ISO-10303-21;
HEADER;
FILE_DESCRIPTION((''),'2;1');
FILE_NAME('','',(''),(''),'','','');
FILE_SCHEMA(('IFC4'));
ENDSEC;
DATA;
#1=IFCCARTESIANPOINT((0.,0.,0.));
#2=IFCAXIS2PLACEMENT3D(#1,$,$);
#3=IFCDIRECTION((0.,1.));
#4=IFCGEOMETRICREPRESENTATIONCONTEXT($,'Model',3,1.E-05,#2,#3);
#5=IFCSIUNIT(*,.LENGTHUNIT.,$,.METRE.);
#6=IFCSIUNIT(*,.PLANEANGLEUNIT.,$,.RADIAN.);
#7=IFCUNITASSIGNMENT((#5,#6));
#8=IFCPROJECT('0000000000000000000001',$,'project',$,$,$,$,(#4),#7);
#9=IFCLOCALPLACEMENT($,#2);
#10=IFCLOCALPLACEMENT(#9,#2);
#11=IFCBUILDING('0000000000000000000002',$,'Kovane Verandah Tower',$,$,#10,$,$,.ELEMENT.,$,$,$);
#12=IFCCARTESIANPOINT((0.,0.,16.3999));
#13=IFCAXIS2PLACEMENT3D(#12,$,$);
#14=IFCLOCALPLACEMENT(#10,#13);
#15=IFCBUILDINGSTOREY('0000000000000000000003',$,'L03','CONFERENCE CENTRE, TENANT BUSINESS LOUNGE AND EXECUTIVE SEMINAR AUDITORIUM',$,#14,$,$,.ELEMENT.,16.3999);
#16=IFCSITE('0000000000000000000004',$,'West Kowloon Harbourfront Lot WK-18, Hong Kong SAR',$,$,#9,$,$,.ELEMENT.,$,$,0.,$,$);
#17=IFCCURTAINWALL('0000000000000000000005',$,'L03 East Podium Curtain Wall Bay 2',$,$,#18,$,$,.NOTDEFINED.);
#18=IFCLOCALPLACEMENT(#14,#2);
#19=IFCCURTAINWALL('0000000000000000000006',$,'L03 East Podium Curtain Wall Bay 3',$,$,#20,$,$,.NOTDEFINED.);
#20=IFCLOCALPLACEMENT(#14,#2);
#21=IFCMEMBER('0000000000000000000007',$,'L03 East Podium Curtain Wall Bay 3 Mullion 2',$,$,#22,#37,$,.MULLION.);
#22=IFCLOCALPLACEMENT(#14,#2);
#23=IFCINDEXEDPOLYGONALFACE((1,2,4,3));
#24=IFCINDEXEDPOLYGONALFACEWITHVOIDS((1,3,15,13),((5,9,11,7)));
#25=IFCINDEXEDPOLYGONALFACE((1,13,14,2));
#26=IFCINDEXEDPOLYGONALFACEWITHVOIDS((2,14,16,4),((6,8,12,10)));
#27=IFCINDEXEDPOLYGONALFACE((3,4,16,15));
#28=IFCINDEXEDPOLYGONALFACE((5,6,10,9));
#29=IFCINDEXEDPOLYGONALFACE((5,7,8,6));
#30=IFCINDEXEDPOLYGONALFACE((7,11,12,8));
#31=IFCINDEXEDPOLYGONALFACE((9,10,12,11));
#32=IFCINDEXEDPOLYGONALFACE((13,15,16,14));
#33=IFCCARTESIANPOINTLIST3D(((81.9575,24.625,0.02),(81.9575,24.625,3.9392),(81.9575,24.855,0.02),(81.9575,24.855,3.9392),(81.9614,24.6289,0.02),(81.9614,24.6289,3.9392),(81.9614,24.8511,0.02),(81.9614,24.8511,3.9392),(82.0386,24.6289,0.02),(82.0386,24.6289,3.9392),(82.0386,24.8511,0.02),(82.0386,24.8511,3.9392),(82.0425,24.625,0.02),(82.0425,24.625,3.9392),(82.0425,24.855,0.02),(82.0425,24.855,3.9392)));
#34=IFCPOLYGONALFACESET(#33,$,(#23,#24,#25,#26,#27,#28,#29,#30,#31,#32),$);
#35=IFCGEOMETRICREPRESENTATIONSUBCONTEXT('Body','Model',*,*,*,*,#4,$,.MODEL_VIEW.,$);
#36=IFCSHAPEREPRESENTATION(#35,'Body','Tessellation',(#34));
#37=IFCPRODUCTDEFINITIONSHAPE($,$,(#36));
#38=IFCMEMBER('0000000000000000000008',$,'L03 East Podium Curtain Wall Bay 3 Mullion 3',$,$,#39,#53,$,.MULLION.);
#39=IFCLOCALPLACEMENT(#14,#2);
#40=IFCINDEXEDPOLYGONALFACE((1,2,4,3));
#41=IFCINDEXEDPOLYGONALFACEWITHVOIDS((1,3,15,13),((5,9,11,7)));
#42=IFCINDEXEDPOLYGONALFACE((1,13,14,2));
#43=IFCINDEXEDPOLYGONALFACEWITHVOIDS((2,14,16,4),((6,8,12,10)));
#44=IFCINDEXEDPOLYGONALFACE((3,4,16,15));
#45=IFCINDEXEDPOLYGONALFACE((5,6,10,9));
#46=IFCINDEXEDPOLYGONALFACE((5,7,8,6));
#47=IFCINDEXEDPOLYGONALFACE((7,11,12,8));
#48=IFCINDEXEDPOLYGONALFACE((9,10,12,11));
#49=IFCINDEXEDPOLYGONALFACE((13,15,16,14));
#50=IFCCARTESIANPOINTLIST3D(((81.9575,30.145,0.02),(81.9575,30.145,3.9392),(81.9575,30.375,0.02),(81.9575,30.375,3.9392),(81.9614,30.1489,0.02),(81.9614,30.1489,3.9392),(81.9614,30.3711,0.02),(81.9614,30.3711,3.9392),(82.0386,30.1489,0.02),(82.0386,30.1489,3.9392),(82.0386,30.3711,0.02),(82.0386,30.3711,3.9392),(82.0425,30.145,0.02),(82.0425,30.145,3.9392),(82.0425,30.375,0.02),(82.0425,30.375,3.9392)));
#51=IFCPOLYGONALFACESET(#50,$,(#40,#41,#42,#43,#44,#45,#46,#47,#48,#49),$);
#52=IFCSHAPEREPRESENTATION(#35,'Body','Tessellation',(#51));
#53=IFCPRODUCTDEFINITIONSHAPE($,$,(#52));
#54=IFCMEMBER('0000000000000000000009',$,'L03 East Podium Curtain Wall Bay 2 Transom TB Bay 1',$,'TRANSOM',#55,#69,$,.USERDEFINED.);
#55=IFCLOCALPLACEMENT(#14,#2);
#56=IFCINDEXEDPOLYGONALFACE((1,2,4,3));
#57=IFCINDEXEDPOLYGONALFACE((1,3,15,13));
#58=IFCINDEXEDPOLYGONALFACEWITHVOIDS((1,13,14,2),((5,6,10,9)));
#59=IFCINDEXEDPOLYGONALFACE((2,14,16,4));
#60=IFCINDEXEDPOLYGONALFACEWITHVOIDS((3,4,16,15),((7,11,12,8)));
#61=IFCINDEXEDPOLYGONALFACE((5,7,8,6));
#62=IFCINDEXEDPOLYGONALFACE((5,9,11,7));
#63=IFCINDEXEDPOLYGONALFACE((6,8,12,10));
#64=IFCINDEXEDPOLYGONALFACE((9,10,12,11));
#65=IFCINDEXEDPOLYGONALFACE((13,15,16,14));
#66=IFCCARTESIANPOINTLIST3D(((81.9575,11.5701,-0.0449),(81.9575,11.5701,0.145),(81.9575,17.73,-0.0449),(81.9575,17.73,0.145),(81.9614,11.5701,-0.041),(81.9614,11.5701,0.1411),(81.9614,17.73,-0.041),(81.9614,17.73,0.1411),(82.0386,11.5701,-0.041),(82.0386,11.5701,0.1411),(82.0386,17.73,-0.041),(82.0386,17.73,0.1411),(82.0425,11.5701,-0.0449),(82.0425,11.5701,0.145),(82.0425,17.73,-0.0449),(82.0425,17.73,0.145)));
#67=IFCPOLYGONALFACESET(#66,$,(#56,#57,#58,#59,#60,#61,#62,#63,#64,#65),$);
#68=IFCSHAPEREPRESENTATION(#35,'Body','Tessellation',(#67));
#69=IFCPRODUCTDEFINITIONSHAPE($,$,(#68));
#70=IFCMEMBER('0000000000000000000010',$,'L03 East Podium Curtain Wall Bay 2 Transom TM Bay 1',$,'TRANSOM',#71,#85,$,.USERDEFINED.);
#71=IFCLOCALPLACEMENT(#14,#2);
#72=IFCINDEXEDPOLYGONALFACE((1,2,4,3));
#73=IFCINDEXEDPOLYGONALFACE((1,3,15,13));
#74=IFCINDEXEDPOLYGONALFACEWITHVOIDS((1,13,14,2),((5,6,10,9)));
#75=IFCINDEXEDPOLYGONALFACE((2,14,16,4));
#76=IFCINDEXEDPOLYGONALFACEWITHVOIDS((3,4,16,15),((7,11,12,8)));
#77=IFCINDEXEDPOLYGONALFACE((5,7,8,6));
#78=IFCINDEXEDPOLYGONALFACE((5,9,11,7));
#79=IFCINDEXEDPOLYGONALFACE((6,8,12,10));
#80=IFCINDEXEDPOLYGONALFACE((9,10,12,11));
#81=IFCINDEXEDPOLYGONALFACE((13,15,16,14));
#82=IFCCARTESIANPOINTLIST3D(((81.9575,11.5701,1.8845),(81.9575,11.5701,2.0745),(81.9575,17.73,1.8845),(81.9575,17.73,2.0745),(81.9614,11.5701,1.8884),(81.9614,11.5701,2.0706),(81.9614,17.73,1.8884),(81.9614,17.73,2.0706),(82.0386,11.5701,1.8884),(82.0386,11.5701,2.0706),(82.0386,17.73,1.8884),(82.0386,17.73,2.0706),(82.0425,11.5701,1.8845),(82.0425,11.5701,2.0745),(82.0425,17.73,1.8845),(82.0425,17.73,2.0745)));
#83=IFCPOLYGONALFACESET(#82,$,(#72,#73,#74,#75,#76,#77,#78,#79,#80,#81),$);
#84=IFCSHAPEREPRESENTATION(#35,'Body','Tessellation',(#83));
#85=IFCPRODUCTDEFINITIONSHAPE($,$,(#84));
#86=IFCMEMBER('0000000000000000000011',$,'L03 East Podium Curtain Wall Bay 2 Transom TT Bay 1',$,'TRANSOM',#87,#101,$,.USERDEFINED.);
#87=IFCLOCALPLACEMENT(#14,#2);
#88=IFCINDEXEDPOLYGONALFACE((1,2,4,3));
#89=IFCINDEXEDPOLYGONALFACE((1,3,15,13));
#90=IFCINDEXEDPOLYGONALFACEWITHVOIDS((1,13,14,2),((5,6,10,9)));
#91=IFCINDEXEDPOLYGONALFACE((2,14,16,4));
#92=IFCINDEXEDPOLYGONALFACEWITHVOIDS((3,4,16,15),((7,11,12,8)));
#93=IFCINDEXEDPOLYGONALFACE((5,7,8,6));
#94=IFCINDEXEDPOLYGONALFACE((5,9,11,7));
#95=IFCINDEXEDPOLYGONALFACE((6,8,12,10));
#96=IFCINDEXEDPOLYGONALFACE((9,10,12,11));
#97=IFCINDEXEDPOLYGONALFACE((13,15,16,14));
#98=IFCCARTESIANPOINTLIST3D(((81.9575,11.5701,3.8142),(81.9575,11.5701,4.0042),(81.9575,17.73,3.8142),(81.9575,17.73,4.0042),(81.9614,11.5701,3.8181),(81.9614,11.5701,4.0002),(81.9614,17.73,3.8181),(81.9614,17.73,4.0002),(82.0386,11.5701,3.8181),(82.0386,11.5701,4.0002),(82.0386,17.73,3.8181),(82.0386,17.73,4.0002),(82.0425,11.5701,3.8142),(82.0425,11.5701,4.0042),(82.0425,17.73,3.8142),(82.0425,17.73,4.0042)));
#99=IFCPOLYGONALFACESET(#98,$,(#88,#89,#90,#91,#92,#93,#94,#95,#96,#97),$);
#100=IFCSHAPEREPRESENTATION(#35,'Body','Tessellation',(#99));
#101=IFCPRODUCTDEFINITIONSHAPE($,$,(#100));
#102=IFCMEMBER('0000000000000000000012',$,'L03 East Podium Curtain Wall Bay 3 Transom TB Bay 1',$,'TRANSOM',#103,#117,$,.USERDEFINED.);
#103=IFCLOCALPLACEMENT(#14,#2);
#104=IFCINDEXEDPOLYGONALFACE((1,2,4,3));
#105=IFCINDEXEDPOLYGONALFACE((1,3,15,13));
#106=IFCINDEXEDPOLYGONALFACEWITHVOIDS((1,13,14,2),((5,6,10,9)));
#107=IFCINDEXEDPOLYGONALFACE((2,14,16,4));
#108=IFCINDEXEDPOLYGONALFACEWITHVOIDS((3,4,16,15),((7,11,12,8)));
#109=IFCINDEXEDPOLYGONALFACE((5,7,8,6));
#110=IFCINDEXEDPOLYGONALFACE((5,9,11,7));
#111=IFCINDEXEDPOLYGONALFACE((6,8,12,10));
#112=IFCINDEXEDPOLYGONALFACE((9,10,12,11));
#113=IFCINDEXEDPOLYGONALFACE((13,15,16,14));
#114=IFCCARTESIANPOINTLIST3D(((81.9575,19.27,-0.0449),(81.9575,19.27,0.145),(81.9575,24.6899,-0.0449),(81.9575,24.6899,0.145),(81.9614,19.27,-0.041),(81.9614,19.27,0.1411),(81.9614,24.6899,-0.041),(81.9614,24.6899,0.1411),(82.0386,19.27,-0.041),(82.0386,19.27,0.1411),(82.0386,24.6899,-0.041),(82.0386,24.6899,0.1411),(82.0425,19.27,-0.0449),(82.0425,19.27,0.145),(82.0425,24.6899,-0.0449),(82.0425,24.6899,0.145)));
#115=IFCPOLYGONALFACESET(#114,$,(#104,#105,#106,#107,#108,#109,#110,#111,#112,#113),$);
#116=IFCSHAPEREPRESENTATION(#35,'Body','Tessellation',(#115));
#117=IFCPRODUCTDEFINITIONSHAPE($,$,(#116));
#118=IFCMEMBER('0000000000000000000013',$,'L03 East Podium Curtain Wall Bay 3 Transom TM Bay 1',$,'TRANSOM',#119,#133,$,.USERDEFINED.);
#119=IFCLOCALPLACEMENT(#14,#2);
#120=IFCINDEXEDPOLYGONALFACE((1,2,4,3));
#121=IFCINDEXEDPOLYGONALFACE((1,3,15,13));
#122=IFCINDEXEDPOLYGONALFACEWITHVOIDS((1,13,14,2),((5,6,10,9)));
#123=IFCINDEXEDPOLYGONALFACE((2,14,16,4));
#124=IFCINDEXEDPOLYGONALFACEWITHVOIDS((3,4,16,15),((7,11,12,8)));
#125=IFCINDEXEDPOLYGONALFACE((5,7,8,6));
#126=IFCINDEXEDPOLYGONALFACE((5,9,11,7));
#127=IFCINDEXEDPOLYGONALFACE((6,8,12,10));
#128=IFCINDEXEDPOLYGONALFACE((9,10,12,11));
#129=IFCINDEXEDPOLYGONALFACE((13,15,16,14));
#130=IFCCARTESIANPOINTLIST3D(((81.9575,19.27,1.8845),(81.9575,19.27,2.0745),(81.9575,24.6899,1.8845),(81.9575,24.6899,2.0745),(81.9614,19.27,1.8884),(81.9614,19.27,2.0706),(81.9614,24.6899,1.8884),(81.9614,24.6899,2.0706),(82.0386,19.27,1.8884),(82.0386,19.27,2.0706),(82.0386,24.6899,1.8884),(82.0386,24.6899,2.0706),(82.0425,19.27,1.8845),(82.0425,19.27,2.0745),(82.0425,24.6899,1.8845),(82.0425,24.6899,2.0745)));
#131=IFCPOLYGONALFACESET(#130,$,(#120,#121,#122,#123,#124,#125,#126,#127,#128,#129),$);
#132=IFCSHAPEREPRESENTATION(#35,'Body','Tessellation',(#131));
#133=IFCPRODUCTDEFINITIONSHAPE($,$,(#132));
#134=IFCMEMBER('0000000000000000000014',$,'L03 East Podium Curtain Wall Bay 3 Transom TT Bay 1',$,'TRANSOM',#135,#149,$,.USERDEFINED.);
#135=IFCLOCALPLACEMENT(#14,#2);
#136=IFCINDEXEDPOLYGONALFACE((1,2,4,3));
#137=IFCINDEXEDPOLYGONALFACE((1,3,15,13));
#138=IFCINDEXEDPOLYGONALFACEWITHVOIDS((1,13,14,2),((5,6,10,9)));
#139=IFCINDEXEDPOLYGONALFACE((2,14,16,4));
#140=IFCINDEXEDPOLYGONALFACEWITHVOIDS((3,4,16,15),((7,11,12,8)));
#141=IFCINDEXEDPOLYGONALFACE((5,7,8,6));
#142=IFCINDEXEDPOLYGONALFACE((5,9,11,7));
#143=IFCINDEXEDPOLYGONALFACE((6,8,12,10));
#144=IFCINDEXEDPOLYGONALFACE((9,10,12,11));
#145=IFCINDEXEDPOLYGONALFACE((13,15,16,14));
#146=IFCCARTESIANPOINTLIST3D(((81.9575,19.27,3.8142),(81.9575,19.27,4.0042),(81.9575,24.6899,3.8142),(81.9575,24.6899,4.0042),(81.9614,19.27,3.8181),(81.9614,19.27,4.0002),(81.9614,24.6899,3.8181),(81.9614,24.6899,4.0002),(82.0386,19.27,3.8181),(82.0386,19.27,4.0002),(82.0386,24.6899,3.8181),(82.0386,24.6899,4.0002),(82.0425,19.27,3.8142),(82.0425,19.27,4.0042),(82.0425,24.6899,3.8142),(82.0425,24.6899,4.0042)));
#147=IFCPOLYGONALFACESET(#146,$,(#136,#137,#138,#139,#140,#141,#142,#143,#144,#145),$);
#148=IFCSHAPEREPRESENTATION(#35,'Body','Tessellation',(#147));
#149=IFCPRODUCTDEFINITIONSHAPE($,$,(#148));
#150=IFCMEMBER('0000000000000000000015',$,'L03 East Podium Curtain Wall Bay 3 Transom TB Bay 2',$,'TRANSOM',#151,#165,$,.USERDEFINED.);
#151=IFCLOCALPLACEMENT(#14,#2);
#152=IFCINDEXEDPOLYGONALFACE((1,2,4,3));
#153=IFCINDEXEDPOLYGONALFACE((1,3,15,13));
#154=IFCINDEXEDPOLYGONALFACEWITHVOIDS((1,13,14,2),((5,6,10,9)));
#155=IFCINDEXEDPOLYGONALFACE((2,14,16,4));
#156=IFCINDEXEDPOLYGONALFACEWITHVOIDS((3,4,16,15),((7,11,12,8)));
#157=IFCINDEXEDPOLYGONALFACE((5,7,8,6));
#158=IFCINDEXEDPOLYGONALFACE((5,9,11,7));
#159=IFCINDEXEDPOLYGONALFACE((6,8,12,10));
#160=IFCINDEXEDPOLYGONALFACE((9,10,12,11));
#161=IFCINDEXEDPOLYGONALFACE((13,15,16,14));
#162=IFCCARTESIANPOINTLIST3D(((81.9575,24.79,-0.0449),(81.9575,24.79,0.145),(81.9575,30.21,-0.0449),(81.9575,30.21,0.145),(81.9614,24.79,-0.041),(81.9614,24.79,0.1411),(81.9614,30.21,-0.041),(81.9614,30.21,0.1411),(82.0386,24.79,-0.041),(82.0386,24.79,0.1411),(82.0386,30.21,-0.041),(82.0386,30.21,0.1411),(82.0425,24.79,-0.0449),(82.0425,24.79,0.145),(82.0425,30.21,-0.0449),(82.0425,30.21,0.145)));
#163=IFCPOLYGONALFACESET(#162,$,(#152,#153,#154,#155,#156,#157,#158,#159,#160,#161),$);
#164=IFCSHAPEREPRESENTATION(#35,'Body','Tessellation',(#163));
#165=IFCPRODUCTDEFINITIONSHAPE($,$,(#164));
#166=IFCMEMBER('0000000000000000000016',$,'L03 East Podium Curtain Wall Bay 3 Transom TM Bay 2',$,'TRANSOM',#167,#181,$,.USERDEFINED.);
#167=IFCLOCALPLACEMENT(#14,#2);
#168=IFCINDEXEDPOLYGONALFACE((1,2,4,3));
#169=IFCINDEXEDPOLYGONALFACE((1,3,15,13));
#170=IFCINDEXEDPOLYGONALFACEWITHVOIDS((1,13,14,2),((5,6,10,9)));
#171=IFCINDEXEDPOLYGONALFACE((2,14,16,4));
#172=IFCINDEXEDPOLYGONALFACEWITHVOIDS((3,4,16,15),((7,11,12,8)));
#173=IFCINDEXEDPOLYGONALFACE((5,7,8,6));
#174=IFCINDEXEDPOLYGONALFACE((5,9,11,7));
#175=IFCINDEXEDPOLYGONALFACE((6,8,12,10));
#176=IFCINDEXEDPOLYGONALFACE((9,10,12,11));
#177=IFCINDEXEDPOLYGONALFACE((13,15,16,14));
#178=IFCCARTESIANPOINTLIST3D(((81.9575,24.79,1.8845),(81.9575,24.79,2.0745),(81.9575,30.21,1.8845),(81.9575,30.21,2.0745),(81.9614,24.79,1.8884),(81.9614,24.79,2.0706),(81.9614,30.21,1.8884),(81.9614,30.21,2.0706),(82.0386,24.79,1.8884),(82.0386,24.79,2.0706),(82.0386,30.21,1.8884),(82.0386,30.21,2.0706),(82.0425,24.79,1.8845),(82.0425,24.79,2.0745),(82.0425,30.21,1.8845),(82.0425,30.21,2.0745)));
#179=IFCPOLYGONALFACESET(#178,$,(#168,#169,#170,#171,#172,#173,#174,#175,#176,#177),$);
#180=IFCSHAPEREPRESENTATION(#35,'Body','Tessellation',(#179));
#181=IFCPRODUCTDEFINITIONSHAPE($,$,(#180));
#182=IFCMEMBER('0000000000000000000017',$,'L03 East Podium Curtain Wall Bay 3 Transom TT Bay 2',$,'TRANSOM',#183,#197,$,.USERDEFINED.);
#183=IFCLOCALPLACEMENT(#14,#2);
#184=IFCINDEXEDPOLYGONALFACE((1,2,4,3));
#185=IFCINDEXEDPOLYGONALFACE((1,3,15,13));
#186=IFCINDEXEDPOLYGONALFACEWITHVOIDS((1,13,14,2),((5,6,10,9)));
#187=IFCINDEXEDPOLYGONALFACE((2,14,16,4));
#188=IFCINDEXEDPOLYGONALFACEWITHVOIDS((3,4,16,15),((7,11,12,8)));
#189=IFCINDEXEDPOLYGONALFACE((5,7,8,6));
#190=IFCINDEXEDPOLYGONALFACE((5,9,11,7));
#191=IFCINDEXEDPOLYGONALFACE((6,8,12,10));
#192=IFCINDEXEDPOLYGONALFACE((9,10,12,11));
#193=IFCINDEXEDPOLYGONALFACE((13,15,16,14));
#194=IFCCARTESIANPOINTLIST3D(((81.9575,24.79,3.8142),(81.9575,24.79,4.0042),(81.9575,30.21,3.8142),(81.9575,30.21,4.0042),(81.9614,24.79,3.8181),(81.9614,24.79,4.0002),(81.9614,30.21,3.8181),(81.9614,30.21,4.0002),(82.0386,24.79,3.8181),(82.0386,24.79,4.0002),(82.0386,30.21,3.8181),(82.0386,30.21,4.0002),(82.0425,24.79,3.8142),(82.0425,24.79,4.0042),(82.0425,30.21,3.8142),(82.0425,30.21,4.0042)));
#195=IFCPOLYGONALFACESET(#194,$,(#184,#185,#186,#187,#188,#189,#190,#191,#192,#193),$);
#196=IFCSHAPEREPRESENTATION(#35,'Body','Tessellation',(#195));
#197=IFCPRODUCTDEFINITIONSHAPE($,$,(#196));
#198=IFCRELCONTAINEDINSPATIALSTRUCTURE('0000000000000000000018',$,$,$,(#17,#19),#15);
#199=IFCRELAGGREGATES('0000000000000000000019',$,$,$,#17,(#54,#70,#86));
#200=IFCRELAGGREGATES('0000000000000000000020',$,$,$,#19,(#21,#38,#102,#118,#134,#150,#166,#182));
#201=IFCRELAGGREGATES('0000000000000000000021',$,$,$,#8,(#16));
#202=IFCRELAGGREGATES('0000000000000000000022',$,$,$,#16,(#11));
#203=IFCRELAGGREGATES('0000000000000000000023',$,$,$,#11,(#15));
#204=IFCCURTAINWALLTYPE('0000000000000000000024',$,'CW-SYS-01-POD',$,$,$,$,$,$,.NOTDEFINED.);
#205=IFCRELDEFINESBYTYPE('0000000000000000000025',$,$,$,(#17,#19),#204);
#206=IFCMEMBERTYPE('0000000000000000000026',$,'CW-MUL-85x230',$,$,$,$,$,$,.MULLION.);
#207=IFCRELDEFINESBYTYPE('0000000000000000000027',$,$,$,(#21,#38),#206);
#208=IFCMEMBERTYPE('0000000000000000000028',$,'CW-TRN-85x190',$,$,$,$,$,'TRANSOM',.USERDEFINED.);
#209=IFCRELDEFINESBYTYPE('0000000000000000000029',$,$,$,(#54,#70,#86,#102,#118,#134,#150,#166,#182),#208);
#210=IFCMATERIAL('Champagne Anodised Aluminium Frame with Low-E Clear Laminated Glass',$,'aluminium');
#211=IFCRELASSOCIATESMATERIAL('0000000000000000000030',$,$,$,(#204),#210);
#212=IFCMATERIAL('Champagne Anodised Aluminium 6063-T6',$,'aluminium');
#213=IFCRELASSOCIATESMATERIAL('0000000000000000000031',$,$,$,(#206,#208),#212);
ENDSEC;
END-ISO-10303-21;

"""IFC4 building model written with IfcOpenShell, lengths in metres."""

from ifc_helpers import new_model, si_unit, direction, frame, origin, origin_2d, place, context, subcontext, project, spatial, hollow_rectangle, extrude, material, material_profile, profile_set, type_object, element, aggregate, save


model = new_model("IFC4")

# Units and contexts
model_context = context("Model", 3, precision=1e-05, world=origin(), true_north=direction((0.0, 1.0)))
body_context = subcontext(model_context, "Body", "Model", "MODEL_VIEW")
ifc_project = project(units=[si_unit("LENGTHUNIT", "METRE"), si_unit("PLANEANGLEUNIT", "RADIAN")], contexts=[model_context])

# Site, building, storey
site_placement = place(None, origin())
site = spatial("IfcSite", under=ifc_project, at=site_placement, Name="West Kowloon Harbourfront Lot WK-18, Hong Kong SAR", CompositionType="ELEMENT", RefElevation=0.0)
building_placement = place(site_placement, origin())
building = spatial("IfcBuilding", under=site, at=building_placement, Name="Kovane Verandah Tower", CompositionType="ELEMENT")
storey_placement = place(building_placement, frame((0.0, 0.0, 16.3999)))
storey = spatial("IfcBuildingStorey", under=building, at=storey_placement, Name="L03", Description="CONFERENCE CENTRE, TENANT BUSINESS LOUNGE AND EXECUTIVE SEMINAR AUDITORIUM", CompositionType="ELEMENT", Elevation=16.3999)

# Shared definitions
ifc_material_1 = material(Name="Champagne Anodised Aluminium Frame with Low-E Clear Laminated Glass", Category="aluminium")
curtain_wall_type = type_object("IfcCurtainWallType", Name="CW-SYS-01-POD", PredefinedType="NOTDEFINED", material=ifc_material_1)
ifc_material_2 = material(Name="Champagne Anodised Aluminium 6063-T6", Category="aluminium")
ifc_material_profile_1 = material_profile(ifc_material_2, hollow_rectangle(XDim=0.085, YDim=0.23, WallThickness=0.0039, at=origin_2d()), Name="AL85x230x4")
ifc_profile_set_1 = profile_set([ifc_material_profile_1], Name="Champagne Anodised Aluminium 6063-T6")
member_type_1 = type_object("IfcMemberType", Name="CW-MUL-85x230", PredefinedType="MULLION", material=ifc_profile_set_1)

# Curtain walls, members
curtain_wall_1_placement = place(storey_placement, origin())
curtain_wall_1 = element("IfcCurtainWall", 1, at=curtain_wall_1_placement, inside=storey, type_object=curtain_wall_type, Name="L03 East Podium Curtain Wall Bay 2", PredefinedType="NOTDEFINED")
curtain_wall_2_placement = place(storey_placement, origin())
curtain_wall_2 = element("IfcCurtainWall", 2, at=curtain_wall_2_placement, inside=storey, type_object=curtain_wall_type, Name="L03 East Podium Curtain Wall Bay 3", PredefinedType="NOTDEFINED")
member_1_placement = place(storey_placement, frame((82.0, 24.74, 0.02), z_axis=(0.0, 0.0, 1.0), x_axis=(1.0, 0.0, 0.0)))
member_1 = element("IfcMember", 3, at=member_1_placement, type_object=member_type_1, Name="L03 East Podium Curtain Wall Bay 3 Mullion 2", PredefinedType="MULLION", context=body_context, shape_type="SweptSolid", body=[
    extrude(hollow_rectangle(XDim=0.085, YDim=0.23, WallThickness=0.0039, at=origin_2d()), origin(), (0.0, 0.0, 1.0), 3.9192),
])
member_2_placement = place(storey_placement, frame((82.0, 30.26, 0.02), z_axis=(0.0, 0.0, 1.0), x_axis=(1.0, 0.0, 0.0)))
member_2 = element("IfcMember", 4, at=member_2_placement, type_object=member_type_1, Name="L03 East Podium Curtain Wall Bay 3 Mullion 3", PredefinedType="MULLION", context=body_context, shape_type="SweptSolid", body=[
    extrude(hollow_rectangle(XDim=0.085, YDim=0.23, WallThickness=0.0039, at=origin_2d()), origin(), (0.0, 0.0, 1.0), 3.9192),
])

# Members
ifc_material_profile_2 = material_profile(ifc_material_2, hollow_rectangle(XDim=0.085, YDim=0.1899, WallThickness=0.0039, at=origin_2d()), Name="AL85x190x4")
ifc_profile_set_2 = profile_set([ifc_material_profile_2], Name="Champagne Anodised Aluminium 6063-T6")
member_type_2 = type_object("IfcMemberType", Name="CW-TRN-85x190", ElementType="TRANSOM", PredefinedType="USERDEFINED", material=ifc_profile_set_2)
member_3_placement = place(storey_placement, frame((82.0, 11.5701, 0.05), z_axis=(0.0, 1.0, 0.0), x_axis=(-1.0, 0.0, 0.0)))
member_3 = element("IfcMember", 5, at=member_3_placement, type_object=member_type_2, Name="L03 East Podium Curtain Wall Bay 2 Transom TB Bay 1", ObjectType="TRANSOM", PredefinedType="USERDEFINED", context=body_context, shape_type="SweptSolid", body=[
    extrude(hollow_rectangle(XDim=0.085, YDim=0.1899, WallThickness=0.0039, at=origin_2d()), origin(), (0.0, 0.0, 1.0), 6.1599),
])
member_4_placement = place(storey_placement, frame((82.0, 11.5701, 1.9795), z_axis=(0.0, 1.0, 0.0), x_axis=(-1.0, 0.0, 0.0)))
member_4 = element("IfcMember", 6, at=member_4_placement, type_object=member_type_2, Name="L03 East Podium Curtain Wall Bay 2 Transom TM Bay 1", ObjectType="TRANSOM", PredefinedType="USERDEFINED", context=body_context, shape_type="SweptSolid", body=[
    extrude(hollow_rectangle(XDim=0.085, YDim=0.1899, WallThickness=0.0039, at=origin_2d()), origin(), (0.0, 0.0, 1.0), 6.1599),
])
member_5_placement = place(storey_placement, frame((82.0, 11.5701, 3.9092), z_axis=(0.0, 1.0, 0.0), x_axis=(-1.0, 0.0, 0.0)))
member_5 = element("IfcMember", 7, at=member_5_placement, type_object=member_type_2, Name="L03 East Podium Curtain Wall Bay 2 Transom TT Bay 1", ObjectType="TRANSOM", PredefinedType="USERDEFINED", context=body_context, shape_type="SweptSolid", body=[
    extrude(hollow_rectangle(XDim=0.085, YDim=0.1899, WallThickness=0.0039, at=origin_2d()), origin(), (0.0, 0.0, 1.0), 6.1599),
])
member_6_placement = place(storey_placement, frame((82.0, 19.27, 0.05), z_axis=(0.0, 1.0, 0.0), x_axis=(-1.0, 0.0, 0.0)))
member_6 = element("IfcMember", 8, at=member_6_placement, type_object=member_type_2, Name="L03 East Podium Curtain Wall Bay 3 Transom TB Bay 1", ObjectType="TRANSOM", PredefinedType="USERDEFINED", context=body_context, shape_type="SweptSolid", body=[
    extrude(hollow_rectangle(XDim=0.085, YDim=0.1899, WallThickness=0.0039, at=origin_2d()), origin(), (0.0, 0.0, 1.0), 5.4199),
])
member_7_placement = place(storey_placement, frame((82.0, 19.27, 1.9795), z_axis=(0.0, 1.0, 0.0), x_axis=(-1.0, 0.0, 0.0)))
member_7 = element("IfcMember", 9, at=member_7_placement, type_object=member_type_2, Name="L03 East Podium Curtain Wall Bay 3 Transom TM Bay 1", ObjectType="TRANSOM", PredefinedType="USERDEFINED", context=body_context, shape_type="SweptSolid", body=[
    extrude(hollow_rectangle(XDim=0.085, YDim=0.1899, WallThickness=0.0039, at=origin_2d()), origin(), (0.0, 0.0, 1.0), 5.4199),
])
member_8_placement = place(storey_placement, frame((82.0, 19.27, 3.9092), z_axis=(0.0, 1.0, 0.0), x_axis=(-1.0, 0.0, 0.0)))
member_8 = element("IfcMember", 10, at=member_8_placement, type_object=member_type_2, Name="L03 East Podium Curtain Wall Bay 3 Transom TT Bay 1", ObjectType="TRANSOM", PredefinedType="USERDEFINED", context=body_context, shape_type="SweptSolid", body=[
    extrude(hollow_rectangle(XDim=0.085, YDim=0.1899, WallThickness=0.0039, at=origin_2d()), origin(), (0.0, 0.0, 1.0), 5.4199),
])
member_9_placement = place(storey_placement, frame((82.0, 24.79, 0.05), z_axis=(0.0, 1.0, 0.0), x_axis=(-1.0, 0.0, 0.0)))
member_9 = element("IfcMember", 11, at=member_9_placement, type_object=member_type_2, Name="L03 East Podium Curtain Wall Bay 3 Transom TB Bay 2", ObjectType="TRANSOM", PredefinedType="USERDEFINED", context=body_context, shape_type="SweptSolid", body=[
    extrude(hollow_rectangle(XDim=0.085, YDim=0.1899, WallThickness=0.0039, at=origin_2d()), origin(), (0.0, 0.0, 1.0), 5.4199),
])
member_10_placement = place(storey_placement, frame((82.0, 24.79, 1.9795), z_axis=(0.0, 1.0, 0.0), x_axis=(-1.0, 0.0, 0.0)))
member_10 = element("IfcMember", 12, at=member_10_placement, type_object=member_type_2, Name="L03 East Podium Curtain Wall Bay 3 Transom TM Bay 2", ObjectType="TRANSOM", PredefinedType="USERDEFINED", context=body_context, shape_type="SweptSolid", body=[
    extrude(hollow_rectangle(XDim=0.085, YDim=0.1899, WallThickness=0.0039, at=origin_2d()), origin(), (0.0, 0.0, 1.0), 5.4199),
])
member_11_placement = place(storey_placement, frame((82.0, 24.79, 3.9092), z_axis=(0.0, 1.0, 0.0), x_axis=(-1.0, 0.0, 0.0)))
member_11 = element("IfcMember", 13, at=member_11_placement, type_object=member_type_2, Name="L03 East Podium Curtain Wall Bay 3 Transom TT Bay 2", ObjectType="TRANSOM", PredefinedType="USERDEFINED", context=body_context, shape_type="SweptSolid", body=[
    extrude(hollow_rectangle(XDim=0.085, YDim=0.1899, WallThickness=0.0039, at=origin_2d()), origin(), (0.0, 0.0, 1.0), 5.4199),
])

aggregate(curtain_wall_1, [member_3, member_4, member_5])
aggregate(curtain_wall_2, [member_1, member_2, member_6, member_7, member_8, member_9, member_10, member_11])

save(model, "model.ifc")
